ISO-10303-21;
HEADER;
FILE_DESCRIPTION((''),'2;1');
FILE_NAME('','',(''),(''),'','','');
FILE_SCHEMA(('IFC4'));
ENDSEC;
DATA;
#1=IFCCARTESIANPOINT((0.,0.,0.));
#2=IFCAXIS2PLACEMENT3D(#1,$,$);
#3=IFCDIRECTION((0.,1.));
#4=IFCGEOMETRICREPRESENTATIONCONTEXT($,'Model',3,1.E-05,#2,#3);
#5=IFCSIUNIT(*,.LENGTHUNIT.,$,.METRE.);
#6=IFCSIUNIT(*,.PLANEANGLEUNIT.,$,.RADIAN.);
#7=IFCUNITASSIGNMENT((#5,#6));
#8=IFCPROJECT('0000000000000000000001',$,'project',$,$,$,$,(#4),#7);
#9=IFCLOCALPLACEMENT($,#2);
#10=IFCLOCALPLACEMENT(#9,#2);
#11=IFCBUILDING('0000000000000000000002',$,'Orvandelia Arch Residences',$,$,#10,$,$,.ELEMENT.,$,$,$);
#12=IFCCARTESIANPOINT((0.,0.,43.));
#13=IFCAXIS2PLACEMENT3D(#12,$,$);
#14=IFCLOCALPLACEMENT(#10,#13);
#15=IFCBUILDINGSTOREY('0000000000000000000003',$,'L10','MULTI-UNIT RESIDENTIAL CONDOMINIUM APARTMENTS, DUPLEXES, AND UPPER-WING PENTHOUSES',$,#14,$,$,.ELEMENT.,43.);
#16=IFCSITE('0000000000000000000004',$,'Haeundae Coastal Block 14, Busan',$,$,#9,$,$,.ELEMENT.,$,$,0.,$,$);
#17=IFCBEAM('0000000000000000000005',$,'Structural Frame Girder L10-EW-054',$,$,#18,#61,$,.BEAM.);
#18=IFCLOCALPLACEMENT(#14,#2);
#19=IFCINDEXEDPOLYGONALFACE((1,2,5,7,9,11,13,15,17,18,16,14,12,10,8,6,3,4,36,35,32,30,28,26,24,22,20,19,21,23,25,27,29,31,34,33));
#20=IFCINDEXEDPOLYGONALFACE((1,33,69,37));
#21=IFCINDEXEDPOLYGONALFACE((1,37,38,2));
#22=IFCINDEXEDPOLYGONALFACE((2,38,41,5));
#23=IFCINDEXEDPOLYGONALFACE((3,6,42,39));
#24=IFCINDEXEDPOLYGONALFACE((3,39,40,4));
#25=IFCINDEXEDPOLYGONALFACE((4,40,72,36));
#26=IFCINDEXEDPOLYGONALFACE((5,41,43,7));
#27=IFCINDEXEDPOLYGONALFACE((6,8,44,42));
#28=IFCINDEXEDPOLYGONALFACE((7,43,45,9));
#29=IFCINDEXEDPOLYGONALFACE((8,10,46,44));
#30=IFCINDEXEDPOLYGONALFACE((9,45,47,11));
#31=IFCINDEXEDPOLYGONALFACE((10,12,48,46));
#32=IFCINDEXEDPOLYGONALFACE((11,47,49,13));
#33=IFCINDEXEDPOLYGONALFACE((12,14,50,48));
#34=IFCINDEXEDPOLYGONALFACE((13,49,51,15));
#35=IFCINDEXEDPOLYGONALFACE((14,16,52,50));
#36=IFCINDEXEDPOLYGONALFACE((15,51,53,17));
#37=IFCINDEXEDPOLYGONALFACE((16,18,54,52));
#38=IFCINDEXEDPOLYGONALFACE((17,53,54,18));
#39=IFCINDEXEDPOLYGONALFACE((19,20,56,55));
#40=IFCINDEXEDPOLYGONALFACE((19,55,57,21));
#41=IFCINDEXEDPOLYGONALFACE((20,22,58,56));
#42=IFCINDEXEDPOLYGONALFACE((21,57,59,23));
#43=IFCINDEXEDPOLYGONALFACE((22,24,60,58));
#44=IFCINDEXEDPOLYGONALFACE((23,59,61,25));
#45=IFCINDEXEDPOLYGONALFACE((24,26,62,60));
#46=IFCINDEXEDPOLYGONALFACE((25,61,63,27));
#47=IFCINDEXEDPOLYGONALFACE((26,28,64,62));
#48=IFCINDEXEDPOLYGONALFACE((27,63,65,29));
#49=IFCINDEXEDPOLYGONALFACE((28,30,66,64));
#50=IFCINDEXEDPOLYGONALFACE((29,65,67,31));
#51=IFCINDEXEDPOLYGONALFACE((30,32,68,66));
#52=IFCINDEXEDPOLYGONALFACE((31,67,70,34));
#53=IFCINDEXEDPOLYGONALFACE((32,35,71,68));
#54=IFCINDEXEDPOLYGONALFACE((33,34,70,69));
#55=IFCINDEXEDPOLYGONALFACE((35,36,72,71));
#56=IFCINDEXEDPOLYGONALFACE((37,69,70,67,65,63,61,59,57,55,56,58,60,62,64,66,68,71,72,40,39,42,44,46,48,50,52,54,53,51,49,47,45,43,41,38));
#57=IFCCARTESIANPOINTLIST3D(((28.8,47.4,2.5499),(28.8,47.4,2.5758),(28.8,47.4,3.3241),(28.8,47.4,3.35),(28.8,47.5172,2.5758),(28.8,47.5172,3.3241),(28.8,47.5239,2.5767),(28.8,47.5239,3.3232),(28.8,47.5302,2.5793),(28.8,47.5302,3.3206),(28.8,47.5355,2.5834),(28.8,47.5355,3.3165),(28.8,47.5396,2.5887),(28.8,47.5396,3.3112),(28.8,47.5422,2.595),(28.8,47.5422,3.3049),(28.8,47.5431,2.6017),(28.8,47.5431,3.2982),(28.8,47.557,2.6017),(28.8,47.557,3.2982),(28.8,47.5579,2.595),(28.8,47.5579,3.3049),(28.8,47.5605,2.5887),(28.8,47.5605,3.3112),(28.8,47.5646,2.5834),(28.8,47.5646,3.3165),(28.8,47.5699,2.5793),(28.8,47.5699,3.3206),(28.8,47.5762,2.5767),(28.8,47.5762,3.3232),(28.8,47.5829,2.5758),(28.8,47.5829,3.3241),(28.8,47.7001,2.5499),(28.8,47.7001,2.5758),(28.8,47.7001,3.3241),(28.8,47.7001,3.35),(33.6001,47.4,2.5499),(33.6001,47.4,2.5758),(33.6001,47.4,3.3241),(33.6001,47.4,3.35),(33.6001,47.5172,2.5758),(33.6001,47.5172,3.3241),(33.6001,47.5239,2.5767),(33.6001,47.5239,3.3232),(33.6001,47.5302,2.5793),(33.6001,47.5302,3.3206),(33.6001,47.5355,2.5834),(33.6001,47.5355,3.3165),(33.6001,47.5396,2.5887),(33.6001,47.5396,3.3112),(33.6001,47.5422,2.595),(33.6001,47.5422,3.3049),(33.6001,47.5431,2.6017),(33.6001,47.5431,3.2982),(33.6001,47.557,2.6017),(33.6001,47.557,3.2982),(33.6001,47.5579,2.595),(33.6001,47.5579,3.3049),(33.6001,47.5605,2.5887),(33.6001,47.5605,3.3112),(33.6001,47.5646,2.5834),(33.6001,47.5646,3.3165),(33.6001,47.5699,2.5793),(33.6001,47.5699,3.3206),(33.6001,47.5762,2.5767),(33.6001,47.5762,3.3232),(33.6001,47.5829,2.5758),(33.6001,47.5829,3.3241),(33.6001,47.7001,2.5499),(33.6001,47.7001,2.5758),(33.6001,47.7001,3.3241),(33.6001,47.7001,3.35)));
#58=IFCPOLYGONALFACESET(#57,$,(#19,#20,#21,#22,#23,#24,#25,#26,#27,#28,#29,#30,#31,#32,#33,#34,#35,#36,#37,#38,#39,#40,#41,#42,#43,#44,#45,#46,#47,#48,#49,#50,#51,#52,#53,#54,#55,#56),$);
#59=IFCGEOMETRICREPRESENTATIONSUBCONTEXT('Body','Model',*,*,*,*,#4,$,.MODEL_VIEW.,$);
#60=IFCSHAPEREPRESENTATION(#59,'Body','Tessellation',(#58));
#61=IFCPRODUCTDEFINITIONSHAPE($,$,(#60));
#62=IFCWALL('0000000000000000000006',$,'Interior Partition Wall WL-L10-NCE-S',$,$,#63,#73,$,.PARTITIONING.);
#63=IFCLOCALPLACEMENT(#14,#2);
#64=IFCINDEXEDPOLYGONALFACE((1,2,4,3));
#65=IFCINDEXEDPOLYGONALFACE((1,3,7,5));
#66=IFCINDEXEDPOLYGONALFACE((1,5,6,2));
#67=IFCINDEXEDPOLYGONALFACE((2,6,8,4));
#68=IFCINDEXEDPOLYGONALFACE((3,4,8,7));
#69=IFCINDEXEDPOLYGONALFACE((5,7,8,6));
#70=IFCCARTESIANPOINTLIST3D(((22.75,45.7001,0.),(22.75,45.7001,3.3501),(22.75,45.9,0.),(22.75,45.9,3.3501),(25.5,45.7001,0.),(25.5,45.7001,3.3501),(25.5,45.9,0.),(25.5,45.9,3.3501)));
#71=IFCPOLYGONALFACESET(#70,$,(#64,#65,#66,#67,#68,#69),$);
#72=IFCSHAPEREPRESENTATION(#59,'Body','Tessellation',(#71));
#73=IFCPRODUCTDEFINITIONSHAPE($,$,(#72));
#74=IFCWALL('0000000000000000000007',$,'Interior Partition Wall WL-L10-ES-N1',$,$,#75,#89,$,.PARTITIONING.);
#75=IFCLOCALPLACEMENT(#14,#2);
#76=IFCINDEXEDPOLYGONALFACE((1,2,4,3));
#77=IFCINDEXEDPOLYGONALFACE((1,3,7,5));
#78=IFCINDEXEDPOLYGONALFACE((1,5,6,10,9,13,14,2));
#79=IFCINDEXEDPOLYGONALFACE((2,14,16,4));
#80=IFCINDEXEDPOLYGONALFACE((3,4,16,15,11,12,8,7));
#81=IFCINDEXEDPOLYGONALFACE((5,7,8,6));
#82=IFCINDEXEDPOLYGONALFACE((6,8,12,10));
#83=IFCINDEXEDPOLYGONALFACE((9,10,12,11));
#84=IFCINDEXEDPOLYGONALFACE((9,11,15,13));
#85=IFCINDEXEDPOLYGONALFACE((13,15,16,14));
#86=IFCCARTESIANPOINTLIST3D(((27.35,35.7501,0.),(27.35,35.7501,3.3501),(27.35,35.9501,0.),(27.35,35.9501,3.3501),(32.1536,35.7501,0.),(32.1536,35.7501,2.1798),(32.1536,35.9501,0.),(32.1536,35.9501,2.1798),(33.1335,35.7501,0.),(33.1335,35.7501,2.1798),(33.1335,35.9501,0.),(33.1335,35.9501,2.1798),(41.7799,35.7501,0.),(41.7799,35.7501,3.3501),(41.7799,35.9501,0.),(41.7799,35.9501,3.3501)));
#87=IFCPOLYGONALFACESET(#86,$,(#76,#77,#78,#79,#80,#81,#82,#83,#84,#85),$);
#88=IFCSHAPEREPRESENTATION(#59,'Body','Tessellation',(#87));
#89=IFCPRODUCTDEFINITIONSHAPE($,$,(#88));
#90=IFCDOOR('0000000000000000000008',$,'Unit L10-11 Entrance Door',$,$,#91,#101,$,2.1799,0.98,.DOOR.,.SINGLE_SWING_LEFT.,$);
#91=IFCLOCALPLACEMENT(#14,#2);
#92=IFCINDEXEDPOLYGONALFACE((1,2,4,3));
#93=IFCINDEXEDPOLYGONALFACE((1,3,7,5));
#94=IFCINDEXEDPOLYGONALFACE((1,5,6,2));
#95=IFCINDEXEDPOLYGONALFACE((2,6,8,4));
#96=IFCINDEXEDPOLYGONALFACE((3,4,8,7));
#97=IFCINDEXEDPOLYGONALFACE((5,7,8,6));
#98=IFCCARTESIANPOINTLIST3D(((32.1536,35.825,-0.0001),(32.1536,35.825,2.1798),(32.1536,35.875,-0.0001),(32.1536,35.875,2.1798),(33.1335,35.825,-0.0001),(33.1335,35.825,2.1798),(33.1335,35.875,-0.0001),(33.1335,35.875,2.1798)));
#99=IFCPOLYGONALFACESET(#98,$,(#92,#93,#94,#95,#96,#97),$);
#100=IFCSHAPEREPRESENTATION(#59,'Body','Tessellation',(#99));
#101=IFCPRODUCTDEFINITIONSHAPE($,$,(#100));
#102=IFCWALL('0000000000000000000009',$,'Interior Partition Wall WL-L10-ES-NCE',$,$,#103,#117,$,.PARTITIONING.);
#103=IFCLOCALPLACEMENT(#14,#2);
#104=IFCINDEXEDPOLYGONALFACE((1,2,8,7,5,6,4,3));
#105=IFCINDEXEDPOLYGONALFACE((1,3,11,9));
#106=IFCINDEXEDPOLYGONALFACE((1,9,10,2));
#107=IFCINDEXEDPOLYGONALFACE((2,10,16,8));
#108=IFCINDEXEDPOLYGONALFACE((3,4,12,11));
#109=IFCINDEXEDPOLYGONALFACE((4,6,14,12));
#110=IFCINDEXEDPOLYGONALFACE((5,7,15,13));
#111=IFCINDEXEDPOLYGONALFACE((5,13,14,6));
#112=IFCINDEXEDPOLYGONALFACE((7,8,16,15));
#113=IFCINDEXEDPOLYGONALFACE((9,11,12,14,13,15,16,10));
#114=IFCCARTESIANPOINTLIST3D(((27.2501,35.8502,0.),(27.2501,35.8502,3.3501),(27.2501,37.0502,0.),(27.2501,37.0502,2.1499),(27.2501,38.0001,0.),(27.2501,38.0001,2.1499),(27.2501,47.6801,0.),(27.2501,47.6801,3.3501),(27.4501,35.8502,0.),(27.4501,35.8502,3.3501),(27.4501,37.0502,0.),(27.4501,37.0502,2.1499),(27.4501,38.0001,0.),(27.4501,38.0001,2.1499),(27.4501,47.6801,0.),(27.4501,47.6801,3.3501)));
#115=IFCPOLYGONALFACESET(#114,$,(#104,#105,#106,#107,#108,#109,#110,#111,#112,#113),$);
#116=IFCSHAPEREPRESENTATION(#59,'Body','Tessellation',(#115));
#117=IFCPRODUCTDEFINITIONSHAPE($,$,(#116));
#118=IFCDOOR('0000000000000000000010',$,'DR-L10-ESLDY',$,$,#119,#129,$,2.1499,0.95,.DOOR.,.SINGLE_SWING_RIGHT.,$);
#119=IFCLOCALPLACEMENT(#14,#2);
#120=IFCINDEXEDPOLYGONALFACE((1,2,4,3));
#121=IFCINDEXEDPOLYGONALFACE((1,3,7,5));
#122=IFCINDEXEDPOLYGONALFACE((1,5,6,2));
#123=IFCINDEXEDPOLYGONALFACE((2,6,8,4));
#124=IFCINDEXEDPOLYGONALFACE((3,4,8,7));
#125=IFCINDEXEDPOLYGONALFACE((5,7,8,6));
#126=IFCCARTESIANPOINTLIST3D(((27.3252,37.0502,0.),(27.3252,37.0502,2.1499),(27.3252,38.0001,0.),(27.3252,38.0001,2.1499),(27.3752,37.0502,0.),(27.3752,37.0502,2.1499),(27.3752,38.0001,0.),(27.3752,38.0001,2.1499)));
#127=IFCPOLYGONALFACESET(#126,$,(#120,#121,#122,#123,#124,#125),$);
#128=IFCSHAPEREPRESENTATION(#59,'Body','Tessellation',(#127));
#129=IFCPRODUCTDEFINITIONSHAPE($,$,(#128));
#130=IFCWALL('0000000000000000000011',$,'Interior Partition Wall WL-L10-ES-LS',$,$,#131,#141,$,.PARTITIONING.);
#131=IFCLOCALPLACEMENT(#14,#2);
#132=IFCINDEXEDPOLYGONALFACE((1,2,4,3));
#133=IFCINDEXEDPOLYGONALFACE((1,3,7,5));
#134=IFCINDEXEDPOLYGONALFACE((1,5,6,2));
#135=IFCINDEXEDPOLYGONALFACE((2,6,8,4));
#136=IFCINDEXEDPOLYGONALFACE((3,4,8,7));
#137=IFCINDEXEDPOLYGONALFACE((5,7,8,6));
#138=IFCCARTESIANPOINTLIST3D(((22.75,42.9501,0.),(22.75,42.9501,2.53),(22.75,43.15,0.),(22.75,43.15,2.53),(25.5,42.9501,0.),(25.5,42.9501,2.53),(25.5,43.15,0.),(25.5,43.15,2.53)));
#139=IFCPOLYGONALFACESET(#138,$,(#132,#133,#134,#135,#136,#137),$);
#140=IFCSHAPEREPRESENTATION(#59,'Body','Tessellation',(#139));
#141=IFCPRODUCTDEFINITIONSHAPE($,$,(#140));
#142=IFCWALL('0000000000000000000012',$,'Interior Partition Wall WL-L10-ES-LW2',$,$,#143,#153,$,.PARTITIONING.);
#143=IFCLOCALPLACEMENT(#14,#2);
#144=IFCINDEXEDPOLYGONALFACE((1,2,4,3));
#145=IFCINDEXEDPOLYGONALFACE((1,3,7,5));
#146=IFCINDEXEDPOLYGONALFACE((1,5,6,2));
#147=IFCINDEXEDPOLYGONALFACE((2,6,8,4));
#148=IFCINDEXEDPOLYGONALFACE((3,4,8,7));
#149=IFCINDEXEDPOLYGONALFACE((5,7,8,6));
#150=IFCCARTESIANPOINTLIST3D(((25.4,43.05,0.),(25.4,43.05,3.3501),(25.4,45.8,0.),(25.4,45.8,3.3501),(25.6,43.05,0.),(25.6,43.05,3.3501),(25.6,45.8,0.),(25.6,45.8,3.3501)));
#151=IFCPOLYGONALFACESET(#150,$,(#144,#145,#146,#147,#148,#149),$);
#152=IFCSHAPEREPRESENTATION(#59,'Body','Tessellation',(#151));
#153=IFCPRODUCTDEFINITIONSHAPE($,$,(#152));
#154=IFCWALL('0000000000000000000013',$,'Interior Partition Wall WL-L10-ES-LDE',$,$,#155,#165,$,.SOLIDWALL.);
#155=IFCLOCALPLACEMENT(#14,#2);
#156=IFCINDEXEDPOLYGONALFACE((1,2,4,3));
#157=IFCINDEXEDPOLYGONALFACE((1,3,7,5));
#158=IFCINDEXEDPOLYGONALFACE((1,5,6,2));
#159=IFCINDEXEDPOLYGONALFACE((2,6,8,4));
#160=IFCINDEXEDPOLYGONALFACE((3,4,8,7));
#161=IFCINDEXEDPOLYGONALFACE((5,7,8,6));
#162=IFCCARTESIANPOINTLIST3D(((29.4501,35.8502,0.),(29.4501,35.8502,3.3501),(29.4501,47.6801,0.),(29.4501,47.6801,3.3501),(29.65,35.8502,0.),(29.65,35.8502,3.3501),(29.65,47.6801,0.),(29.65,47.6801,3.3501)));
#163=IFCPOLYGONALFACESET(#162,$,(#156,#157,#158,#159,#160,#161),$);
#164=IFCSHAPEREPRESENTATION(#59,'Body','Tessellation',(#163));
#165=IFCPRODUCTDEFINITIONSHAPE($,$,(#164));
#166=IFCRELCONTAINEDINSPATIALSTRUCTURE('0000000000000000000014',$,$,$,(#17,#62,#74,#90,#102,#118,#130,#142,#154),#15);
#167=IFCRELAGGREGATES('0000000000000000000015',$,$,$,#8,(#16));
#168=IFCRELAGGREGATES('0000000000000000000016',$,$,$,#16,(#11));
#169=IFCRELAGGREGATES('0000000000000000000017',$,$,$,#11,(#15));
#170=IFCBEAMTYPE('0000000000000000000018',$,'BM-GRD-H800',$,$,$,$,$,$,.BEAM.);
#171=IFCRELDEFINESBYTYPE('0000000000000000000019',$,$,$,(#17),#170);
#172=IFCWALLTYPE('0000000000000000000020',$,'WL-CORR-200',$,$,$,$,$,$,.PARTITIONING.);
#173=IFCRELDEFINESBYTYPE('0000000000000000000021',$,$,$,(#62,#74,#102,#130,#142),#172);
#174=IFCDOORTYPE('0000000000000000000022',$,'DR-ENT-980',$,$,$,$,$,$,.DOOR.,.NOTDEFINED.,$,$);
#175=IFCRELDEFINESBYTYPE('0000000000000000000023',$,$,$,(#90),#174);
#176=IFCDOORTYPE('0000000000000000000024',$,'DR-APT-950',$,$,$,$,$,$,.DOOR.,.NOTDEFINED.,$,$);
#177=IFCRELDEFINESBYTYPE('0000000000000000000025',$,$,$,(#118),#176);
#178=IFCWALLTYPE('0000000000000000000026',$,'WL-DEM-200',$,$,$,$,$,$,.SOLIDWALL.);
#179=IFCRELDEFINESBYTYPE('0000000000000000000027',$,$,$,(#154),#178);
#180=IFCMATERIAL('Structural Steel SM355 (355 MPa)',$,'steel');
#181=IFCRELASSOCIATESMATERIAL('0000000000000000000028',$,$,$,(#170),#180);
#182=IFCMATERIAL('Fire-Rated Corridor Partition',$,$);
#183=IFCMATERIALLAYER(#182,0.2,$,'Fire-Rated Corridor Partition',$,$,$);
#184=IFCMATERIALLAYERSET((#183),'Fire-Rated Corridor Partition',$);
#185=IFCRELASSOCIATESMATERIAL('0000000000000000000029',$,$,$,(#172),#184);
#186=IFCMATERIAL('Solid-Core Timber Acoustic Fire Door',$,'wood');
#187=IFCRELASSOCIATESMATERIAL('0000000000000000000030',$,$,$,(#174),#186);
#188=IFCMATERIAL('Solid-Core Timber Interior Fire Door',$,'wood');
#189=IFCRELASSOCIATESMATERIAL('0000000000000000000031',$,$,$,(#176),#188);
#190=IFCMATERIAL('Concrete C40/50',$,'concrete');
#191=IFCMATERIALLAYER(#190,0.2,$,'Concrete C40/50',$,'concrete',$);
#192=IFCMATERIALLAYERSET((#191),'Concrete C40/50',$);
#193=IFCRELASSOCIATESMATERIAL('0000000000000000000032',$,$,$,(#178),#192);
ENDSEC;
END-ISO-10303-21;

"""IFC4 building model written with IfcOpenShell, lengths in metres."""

from ifc_helpers import new_model, si_unit, direction, frame, frame_2d, origin, origin_2d, place, context, subcontext, project, spatial, rectangle, i_section, extrude, material, layer, layer_set, material_profile, profile_set, type_object, element, fill, save


model = new_model("IFC4")

# Units and contexts
model_context = context("Model", 3, precision=1e-05, world=origin(), true_north=direction((0.0, 1.0)))
body_context = subcontext(model_context, "Body", "Model", "MODEL_VIEW")
ifc_project = project(units=[si_unit("LENGTHUNIT", "METRE"), si_unit("PLANEANGLEUNIT", "RADIAN")], contexts=[model_context])

# Site, building, storey
site_placement = place(None, origin())
site = spatial("IfcSite", under=ifc_project, at=site_placement, Name="Haeundae Coastal Block 14, Busan", CompositionType="ELEMENT", RefElevation=0.0)
building_placement = place(site_placement, origin())
building = spatial("IfcBuilding", under=site, at=building_placement, Name="Orvandelia Arch Residences", CompositionType="ELEMENT")
storey_placement = place(building_placement, frame((0.0, 0.0, 43.0)))
storey = spatial("IfcBuildingStorey", under=building, at=storey_placement, Name="L10", Description="MULTI-UNIT RESIDENTIAL CONDOMINIUM APARTMENTS, DUPLEXES, AND UPPER-WING PENTHOUSES", CompositionType="ELEMENT", Elevation=43.0)

# Beam
ifc_material_1 = material(Name="Structural Steel SM355 (355 MPa)", Category="steel")
ifc_material_profile_1 = material_profile(ifc_material_1, i_section(OverallWidth=0.3, OverallDepth=0.8, WebThickness=0.0139, FlangeThickness=0.0259, FilletRadius=0.0259, at=origin_2d()), Name="Structural Steel SM355 (355 MPa)", Category="steel")
ifc_profile_set_1 = profile_set([ifc_material_profile_1], Name="Structural Steel SM355 (355 MPa)")
beam_type = type_object("IfcBeamType", Name="BM-GRD-H800", PredefinedType="BEAM", material=ifc_profile_set_1)
beam_1_placement = place(storey_placement, frame((28.8, 47.55, 2.95), z_axis=(1.0, 0.0, 0.0), x_axis=(0.0, 1.0, 0.0)))
element("IfcBeam", 1, at=beam_1_placement, inside=storey, type_object=beam_type, Name="Structural Frame Girder L10-EW-054", PredefinedType="BEAM", context=body_context, shape_type="SweptSolid", body=[
    extrude(i_section(OverallWidth=0.3, OverallDepth=0.8, WebThickness=0.0139, FlangeThickness=0.0259, FilletRadius=0.0259, at=origin_2d()), origin(), (0.0, 0.0, 1.0), 4.8),
])

# Wall
ifc_material_2 = material(Name="Fire-Rated Corridor Partition")
ifc_layer_1 = layer(ifc_material_2, 0.2, Name="Fire-Rated Corridor Partition")
ifc_layer_set_1 = layer_set([ifc_layer_1], Name="Fire-Rated Corridor Partition")
wall_type_1 = type_object("IfcWallType", Name="WL-CORR-200", PredefinedType="PARTITIONING", material=ifc_layer_set_1)
wall_1_placement = place(storey_placement, frame((22.75, 45.8, 0.0), z_axis=(0.0, 0.0, 1.0), x_axis=(1.0, 0.0, 0.0)))
element("IfcWall", 2, at=wall_1_placement, inside=storey, type_object=wall_type_1, Name="Interior Partition Wall WL-L10-NCE-S", PredefinedType="PARTITIONING", context=body_context, shape_type="SweptSolid", body=[
    extrude(rectangle(XDim=2.75, YDim=0.2, at=frame_2d((1.375, 0.0))), origin(), (0.0, 0.0, 1.0), 3.3501),
])

# Walls, openings, doors
wall_2_placement = place(storey_placement, frame((27.3501, 35.8501, 0.0), z_axis=(0.0, 0.0, 1.0), x_axis=(1.0, 0.0, 0.0)))
wall_2 = element("IfcWall", 3, at=wall_2_placement, inside=storey, type_object=wall_type_1, Name="Interior Partition Wall WL-L10-ES-N1", PredefinedType="PARTITIONING", context=body_context, shape_type="SweptSolid", body=[
    extrude(rectangle(XDim=14.4299, YDim=0.2, at=frame_2d((7.2148, 0.0))), origin(), (0.0, 0.0, 1.0), 3.3501),
])
opening_1_placement = place(wall_2_placement, frame((4.8035, 0.0, 0.0)))
opening_1 = element("IfcOpeningElement", 4, at=opening_1_placement, cuts=wall_2, PredefinedType="OPENING", context=body_context, shape_type="SweptSolid", body=[
    extrude(rectangle(XDim=0.98, YDim=2.1799, at=frame_2d((0.49, 1.0898))), frame((0.0, 0.1099, 0.0), z_axis=(0.0, -1.0, 0.0), x_axis=(1.0, 0.0, 0.0)), (0.0, 0.0, 1.0), 0.22),
])
ifc_material_3 = material(Name="Solid-Core Timber Acoustic Fire Door", Category="wood")
door_type_1 = type_object("IfcDoorType", Name="DR-ENT-980", OperationType="NOTDEFINED", PredefinedType="DOOR", material=ifc_material_3)
door_1_placement = place(opening_1_placement, origin())
door_1 = element("IfcDoor", 5, at=door_1_placement, inside=storey, type_object=door_type_1, Name="Unit L10-11 Entrance Door", OperationType="SINGLE_SWING_LEFT", OverallHeight=2.1799, OverallWidth=0.98, PredefinedType="DOOR", context=body_context, shape_type="SweptSolid", body=[
    extrude(rectangle(XDim=0.98, YDim=2.1799, at=frame_2d((0.49, 1.0898))), frame((0.0, 0.0249, 0.0), z_axis=(0.0, -1.0, 0.0), x_axis=(1.0, 0.0, 0.0)), (0.0, 0.0, 1.0), 0.05),
])
fill(opening_1, door_1)
wall_3_placement = place(storey_placement, frame((27.3501, 35.8501, 0.0), z_axis=(0.0, 0.0, 1.0), x_axis=(0.0, 1.0, 0.0)))
wall_3 = element("IfcWall", 6, at=wall_3_placement, inside=storey, type_object=wall_type_1, Name="Interior Partition Wall WL-L10-ES-NCE", PredefinedType="PARTITIONING", context=body_context, shape_type="SweptSolid", body=[
    extrude(rectangle(XDim=11.8298, YDim=0.2, at=frame_2d((5.915, 0.0))), origin(), (0.0, 0.0, 1.0), 3.3501),
])
opening_2_placement = place(wall_3_placement, frame((1.2, 0.0, 0.0)))
opening_2 = element("IfcOpeningElement", 7, at=opening_2_placement, cuts=wall_3, PredefinedType="OPENING", context=body_context, shape_type="SweptSolid", body=[
    extrude(rectangle(XDim=0.95, YDim=2.1499, at=frame_2d((0.4751, 1.075))), frame((0.0, 0.1099, 0.0), z_axis=(0.0, -1.0, 0.0), x_axis=(1.0, 0.0, 0.0)), (0.0, 0.0, 1.0), 0.22),
])
ifc_material_4 = material(Name="Solid-Core Timber Interior Fire Door", Category="wood")
door_type_2 = type_object("IfcDoorType", Name="DR-APT-950", OperationType="NOTDEFINED", PredefinedType="DOOR", material=ifc_material_4)
door_2_placement = place(opening_2_placement, origin())
door_2 = element("IfcDoor", 8, at=door_2_placement, inside=storey, type_object=door_type_2, Name="DR-L10-ESLDY", OperationType="SINGLE_SWING_RIGHT", OverallHeight=2.1499, OverallWidth=0.95, PredefinedType="DOOR", context=body_context, shape_type="SweptSolid", body=[
    extrude(rectangle(XDim=0.95, YDim=2.1499, at=frame_2d((0.4751, 1.075))), frame((0.0, 0.0249, 0.0), z_axis=(0.0, -1.0, 0.0), x_axis=(1.0, 0.0, 0.0)), (0.0, 0.0, 1.0), 0.05),
])
fill(opening_2, door_2)

# Walls
wall_4_placement = place(storey_placement, frame((22.75, 43.05, 0.0), z_axis=(0.0, 0.0, 1.0), x_axis=(1.0, 0.0, 0.0)))
element("IfcWall", 9, at=wall_4_placement, inside=storey, type_object=wall_type_1, Name="Interior Partition Wall WL-L10-ES-LS", PredefinedType="PARTITIONING", context=body_context, shape_type="SweptSolid", body=[
    extrude(rectangle(XDim=2.75, YDim=0.2, at=frame_2d((1.375, 0.0))), origin(), (0.0, 0.0, 1.0), 2.53),
])
wall_5_placement = place(storey_placement, frame((25.5, 43.05, 0.0), z_axis=(0.0, 0.0, 1.0), x_axis=(0.0, 1.0, 0.0)))
element("IfcWall", 10, at=wall_5_placement, inside=storey, type_object=wall_type_1, Name="Interior Partition Wall WL-L10-ES-LW2", PredefinedType="PARTITIONING", context=body_context, shape_type="SweptSolid", body=[
    extrude(rectangle(XDim=2.75, YDim=0.2, at=frame_2d((1.375, 0.0))), origin(), (0.0, 0.0, 1.0), 3.3501),
])
ifc_material_5 = material(Name="Concrete C40/50", Category="concrete")
ifc_layer_2 = layer(ifc_material_5, 0.2, Name="Concrete C40/50", Category="concrete")
ifc_layer_set_2 = layer_set([ifc_layer_2], Name="Concrete C40/50")
wall_type_2 = type_object("IfcWallType", Name="WL-DEM-200", PredefinedType="SOLIDWALL", material=ifc_layer_set_2)
wall_6_placement = place(storey_placement, frame((29.55, 35.8501, 0.0), z_axis=(0.0, 0.0, 1.0), x_axis=(0.0, 1.0, 0.0)))
element("IfcWall", 11, at=wall_6_placement, inside=storey, type_object=wall_type_2, Name="Interior Partition Wall WL-L10-ES-LDE", PredefinedType="SOLIDWALL", context=body_context, shape_type="SweptSolid", body=[
    extrude(rectangle(XDim=11.8298, YDim=0.2, at=frame_2d((5.915, 0.0))), origin(), (0.0, 0.0, 1.0), 3.3501),
])

save(model, "model.ifc")
